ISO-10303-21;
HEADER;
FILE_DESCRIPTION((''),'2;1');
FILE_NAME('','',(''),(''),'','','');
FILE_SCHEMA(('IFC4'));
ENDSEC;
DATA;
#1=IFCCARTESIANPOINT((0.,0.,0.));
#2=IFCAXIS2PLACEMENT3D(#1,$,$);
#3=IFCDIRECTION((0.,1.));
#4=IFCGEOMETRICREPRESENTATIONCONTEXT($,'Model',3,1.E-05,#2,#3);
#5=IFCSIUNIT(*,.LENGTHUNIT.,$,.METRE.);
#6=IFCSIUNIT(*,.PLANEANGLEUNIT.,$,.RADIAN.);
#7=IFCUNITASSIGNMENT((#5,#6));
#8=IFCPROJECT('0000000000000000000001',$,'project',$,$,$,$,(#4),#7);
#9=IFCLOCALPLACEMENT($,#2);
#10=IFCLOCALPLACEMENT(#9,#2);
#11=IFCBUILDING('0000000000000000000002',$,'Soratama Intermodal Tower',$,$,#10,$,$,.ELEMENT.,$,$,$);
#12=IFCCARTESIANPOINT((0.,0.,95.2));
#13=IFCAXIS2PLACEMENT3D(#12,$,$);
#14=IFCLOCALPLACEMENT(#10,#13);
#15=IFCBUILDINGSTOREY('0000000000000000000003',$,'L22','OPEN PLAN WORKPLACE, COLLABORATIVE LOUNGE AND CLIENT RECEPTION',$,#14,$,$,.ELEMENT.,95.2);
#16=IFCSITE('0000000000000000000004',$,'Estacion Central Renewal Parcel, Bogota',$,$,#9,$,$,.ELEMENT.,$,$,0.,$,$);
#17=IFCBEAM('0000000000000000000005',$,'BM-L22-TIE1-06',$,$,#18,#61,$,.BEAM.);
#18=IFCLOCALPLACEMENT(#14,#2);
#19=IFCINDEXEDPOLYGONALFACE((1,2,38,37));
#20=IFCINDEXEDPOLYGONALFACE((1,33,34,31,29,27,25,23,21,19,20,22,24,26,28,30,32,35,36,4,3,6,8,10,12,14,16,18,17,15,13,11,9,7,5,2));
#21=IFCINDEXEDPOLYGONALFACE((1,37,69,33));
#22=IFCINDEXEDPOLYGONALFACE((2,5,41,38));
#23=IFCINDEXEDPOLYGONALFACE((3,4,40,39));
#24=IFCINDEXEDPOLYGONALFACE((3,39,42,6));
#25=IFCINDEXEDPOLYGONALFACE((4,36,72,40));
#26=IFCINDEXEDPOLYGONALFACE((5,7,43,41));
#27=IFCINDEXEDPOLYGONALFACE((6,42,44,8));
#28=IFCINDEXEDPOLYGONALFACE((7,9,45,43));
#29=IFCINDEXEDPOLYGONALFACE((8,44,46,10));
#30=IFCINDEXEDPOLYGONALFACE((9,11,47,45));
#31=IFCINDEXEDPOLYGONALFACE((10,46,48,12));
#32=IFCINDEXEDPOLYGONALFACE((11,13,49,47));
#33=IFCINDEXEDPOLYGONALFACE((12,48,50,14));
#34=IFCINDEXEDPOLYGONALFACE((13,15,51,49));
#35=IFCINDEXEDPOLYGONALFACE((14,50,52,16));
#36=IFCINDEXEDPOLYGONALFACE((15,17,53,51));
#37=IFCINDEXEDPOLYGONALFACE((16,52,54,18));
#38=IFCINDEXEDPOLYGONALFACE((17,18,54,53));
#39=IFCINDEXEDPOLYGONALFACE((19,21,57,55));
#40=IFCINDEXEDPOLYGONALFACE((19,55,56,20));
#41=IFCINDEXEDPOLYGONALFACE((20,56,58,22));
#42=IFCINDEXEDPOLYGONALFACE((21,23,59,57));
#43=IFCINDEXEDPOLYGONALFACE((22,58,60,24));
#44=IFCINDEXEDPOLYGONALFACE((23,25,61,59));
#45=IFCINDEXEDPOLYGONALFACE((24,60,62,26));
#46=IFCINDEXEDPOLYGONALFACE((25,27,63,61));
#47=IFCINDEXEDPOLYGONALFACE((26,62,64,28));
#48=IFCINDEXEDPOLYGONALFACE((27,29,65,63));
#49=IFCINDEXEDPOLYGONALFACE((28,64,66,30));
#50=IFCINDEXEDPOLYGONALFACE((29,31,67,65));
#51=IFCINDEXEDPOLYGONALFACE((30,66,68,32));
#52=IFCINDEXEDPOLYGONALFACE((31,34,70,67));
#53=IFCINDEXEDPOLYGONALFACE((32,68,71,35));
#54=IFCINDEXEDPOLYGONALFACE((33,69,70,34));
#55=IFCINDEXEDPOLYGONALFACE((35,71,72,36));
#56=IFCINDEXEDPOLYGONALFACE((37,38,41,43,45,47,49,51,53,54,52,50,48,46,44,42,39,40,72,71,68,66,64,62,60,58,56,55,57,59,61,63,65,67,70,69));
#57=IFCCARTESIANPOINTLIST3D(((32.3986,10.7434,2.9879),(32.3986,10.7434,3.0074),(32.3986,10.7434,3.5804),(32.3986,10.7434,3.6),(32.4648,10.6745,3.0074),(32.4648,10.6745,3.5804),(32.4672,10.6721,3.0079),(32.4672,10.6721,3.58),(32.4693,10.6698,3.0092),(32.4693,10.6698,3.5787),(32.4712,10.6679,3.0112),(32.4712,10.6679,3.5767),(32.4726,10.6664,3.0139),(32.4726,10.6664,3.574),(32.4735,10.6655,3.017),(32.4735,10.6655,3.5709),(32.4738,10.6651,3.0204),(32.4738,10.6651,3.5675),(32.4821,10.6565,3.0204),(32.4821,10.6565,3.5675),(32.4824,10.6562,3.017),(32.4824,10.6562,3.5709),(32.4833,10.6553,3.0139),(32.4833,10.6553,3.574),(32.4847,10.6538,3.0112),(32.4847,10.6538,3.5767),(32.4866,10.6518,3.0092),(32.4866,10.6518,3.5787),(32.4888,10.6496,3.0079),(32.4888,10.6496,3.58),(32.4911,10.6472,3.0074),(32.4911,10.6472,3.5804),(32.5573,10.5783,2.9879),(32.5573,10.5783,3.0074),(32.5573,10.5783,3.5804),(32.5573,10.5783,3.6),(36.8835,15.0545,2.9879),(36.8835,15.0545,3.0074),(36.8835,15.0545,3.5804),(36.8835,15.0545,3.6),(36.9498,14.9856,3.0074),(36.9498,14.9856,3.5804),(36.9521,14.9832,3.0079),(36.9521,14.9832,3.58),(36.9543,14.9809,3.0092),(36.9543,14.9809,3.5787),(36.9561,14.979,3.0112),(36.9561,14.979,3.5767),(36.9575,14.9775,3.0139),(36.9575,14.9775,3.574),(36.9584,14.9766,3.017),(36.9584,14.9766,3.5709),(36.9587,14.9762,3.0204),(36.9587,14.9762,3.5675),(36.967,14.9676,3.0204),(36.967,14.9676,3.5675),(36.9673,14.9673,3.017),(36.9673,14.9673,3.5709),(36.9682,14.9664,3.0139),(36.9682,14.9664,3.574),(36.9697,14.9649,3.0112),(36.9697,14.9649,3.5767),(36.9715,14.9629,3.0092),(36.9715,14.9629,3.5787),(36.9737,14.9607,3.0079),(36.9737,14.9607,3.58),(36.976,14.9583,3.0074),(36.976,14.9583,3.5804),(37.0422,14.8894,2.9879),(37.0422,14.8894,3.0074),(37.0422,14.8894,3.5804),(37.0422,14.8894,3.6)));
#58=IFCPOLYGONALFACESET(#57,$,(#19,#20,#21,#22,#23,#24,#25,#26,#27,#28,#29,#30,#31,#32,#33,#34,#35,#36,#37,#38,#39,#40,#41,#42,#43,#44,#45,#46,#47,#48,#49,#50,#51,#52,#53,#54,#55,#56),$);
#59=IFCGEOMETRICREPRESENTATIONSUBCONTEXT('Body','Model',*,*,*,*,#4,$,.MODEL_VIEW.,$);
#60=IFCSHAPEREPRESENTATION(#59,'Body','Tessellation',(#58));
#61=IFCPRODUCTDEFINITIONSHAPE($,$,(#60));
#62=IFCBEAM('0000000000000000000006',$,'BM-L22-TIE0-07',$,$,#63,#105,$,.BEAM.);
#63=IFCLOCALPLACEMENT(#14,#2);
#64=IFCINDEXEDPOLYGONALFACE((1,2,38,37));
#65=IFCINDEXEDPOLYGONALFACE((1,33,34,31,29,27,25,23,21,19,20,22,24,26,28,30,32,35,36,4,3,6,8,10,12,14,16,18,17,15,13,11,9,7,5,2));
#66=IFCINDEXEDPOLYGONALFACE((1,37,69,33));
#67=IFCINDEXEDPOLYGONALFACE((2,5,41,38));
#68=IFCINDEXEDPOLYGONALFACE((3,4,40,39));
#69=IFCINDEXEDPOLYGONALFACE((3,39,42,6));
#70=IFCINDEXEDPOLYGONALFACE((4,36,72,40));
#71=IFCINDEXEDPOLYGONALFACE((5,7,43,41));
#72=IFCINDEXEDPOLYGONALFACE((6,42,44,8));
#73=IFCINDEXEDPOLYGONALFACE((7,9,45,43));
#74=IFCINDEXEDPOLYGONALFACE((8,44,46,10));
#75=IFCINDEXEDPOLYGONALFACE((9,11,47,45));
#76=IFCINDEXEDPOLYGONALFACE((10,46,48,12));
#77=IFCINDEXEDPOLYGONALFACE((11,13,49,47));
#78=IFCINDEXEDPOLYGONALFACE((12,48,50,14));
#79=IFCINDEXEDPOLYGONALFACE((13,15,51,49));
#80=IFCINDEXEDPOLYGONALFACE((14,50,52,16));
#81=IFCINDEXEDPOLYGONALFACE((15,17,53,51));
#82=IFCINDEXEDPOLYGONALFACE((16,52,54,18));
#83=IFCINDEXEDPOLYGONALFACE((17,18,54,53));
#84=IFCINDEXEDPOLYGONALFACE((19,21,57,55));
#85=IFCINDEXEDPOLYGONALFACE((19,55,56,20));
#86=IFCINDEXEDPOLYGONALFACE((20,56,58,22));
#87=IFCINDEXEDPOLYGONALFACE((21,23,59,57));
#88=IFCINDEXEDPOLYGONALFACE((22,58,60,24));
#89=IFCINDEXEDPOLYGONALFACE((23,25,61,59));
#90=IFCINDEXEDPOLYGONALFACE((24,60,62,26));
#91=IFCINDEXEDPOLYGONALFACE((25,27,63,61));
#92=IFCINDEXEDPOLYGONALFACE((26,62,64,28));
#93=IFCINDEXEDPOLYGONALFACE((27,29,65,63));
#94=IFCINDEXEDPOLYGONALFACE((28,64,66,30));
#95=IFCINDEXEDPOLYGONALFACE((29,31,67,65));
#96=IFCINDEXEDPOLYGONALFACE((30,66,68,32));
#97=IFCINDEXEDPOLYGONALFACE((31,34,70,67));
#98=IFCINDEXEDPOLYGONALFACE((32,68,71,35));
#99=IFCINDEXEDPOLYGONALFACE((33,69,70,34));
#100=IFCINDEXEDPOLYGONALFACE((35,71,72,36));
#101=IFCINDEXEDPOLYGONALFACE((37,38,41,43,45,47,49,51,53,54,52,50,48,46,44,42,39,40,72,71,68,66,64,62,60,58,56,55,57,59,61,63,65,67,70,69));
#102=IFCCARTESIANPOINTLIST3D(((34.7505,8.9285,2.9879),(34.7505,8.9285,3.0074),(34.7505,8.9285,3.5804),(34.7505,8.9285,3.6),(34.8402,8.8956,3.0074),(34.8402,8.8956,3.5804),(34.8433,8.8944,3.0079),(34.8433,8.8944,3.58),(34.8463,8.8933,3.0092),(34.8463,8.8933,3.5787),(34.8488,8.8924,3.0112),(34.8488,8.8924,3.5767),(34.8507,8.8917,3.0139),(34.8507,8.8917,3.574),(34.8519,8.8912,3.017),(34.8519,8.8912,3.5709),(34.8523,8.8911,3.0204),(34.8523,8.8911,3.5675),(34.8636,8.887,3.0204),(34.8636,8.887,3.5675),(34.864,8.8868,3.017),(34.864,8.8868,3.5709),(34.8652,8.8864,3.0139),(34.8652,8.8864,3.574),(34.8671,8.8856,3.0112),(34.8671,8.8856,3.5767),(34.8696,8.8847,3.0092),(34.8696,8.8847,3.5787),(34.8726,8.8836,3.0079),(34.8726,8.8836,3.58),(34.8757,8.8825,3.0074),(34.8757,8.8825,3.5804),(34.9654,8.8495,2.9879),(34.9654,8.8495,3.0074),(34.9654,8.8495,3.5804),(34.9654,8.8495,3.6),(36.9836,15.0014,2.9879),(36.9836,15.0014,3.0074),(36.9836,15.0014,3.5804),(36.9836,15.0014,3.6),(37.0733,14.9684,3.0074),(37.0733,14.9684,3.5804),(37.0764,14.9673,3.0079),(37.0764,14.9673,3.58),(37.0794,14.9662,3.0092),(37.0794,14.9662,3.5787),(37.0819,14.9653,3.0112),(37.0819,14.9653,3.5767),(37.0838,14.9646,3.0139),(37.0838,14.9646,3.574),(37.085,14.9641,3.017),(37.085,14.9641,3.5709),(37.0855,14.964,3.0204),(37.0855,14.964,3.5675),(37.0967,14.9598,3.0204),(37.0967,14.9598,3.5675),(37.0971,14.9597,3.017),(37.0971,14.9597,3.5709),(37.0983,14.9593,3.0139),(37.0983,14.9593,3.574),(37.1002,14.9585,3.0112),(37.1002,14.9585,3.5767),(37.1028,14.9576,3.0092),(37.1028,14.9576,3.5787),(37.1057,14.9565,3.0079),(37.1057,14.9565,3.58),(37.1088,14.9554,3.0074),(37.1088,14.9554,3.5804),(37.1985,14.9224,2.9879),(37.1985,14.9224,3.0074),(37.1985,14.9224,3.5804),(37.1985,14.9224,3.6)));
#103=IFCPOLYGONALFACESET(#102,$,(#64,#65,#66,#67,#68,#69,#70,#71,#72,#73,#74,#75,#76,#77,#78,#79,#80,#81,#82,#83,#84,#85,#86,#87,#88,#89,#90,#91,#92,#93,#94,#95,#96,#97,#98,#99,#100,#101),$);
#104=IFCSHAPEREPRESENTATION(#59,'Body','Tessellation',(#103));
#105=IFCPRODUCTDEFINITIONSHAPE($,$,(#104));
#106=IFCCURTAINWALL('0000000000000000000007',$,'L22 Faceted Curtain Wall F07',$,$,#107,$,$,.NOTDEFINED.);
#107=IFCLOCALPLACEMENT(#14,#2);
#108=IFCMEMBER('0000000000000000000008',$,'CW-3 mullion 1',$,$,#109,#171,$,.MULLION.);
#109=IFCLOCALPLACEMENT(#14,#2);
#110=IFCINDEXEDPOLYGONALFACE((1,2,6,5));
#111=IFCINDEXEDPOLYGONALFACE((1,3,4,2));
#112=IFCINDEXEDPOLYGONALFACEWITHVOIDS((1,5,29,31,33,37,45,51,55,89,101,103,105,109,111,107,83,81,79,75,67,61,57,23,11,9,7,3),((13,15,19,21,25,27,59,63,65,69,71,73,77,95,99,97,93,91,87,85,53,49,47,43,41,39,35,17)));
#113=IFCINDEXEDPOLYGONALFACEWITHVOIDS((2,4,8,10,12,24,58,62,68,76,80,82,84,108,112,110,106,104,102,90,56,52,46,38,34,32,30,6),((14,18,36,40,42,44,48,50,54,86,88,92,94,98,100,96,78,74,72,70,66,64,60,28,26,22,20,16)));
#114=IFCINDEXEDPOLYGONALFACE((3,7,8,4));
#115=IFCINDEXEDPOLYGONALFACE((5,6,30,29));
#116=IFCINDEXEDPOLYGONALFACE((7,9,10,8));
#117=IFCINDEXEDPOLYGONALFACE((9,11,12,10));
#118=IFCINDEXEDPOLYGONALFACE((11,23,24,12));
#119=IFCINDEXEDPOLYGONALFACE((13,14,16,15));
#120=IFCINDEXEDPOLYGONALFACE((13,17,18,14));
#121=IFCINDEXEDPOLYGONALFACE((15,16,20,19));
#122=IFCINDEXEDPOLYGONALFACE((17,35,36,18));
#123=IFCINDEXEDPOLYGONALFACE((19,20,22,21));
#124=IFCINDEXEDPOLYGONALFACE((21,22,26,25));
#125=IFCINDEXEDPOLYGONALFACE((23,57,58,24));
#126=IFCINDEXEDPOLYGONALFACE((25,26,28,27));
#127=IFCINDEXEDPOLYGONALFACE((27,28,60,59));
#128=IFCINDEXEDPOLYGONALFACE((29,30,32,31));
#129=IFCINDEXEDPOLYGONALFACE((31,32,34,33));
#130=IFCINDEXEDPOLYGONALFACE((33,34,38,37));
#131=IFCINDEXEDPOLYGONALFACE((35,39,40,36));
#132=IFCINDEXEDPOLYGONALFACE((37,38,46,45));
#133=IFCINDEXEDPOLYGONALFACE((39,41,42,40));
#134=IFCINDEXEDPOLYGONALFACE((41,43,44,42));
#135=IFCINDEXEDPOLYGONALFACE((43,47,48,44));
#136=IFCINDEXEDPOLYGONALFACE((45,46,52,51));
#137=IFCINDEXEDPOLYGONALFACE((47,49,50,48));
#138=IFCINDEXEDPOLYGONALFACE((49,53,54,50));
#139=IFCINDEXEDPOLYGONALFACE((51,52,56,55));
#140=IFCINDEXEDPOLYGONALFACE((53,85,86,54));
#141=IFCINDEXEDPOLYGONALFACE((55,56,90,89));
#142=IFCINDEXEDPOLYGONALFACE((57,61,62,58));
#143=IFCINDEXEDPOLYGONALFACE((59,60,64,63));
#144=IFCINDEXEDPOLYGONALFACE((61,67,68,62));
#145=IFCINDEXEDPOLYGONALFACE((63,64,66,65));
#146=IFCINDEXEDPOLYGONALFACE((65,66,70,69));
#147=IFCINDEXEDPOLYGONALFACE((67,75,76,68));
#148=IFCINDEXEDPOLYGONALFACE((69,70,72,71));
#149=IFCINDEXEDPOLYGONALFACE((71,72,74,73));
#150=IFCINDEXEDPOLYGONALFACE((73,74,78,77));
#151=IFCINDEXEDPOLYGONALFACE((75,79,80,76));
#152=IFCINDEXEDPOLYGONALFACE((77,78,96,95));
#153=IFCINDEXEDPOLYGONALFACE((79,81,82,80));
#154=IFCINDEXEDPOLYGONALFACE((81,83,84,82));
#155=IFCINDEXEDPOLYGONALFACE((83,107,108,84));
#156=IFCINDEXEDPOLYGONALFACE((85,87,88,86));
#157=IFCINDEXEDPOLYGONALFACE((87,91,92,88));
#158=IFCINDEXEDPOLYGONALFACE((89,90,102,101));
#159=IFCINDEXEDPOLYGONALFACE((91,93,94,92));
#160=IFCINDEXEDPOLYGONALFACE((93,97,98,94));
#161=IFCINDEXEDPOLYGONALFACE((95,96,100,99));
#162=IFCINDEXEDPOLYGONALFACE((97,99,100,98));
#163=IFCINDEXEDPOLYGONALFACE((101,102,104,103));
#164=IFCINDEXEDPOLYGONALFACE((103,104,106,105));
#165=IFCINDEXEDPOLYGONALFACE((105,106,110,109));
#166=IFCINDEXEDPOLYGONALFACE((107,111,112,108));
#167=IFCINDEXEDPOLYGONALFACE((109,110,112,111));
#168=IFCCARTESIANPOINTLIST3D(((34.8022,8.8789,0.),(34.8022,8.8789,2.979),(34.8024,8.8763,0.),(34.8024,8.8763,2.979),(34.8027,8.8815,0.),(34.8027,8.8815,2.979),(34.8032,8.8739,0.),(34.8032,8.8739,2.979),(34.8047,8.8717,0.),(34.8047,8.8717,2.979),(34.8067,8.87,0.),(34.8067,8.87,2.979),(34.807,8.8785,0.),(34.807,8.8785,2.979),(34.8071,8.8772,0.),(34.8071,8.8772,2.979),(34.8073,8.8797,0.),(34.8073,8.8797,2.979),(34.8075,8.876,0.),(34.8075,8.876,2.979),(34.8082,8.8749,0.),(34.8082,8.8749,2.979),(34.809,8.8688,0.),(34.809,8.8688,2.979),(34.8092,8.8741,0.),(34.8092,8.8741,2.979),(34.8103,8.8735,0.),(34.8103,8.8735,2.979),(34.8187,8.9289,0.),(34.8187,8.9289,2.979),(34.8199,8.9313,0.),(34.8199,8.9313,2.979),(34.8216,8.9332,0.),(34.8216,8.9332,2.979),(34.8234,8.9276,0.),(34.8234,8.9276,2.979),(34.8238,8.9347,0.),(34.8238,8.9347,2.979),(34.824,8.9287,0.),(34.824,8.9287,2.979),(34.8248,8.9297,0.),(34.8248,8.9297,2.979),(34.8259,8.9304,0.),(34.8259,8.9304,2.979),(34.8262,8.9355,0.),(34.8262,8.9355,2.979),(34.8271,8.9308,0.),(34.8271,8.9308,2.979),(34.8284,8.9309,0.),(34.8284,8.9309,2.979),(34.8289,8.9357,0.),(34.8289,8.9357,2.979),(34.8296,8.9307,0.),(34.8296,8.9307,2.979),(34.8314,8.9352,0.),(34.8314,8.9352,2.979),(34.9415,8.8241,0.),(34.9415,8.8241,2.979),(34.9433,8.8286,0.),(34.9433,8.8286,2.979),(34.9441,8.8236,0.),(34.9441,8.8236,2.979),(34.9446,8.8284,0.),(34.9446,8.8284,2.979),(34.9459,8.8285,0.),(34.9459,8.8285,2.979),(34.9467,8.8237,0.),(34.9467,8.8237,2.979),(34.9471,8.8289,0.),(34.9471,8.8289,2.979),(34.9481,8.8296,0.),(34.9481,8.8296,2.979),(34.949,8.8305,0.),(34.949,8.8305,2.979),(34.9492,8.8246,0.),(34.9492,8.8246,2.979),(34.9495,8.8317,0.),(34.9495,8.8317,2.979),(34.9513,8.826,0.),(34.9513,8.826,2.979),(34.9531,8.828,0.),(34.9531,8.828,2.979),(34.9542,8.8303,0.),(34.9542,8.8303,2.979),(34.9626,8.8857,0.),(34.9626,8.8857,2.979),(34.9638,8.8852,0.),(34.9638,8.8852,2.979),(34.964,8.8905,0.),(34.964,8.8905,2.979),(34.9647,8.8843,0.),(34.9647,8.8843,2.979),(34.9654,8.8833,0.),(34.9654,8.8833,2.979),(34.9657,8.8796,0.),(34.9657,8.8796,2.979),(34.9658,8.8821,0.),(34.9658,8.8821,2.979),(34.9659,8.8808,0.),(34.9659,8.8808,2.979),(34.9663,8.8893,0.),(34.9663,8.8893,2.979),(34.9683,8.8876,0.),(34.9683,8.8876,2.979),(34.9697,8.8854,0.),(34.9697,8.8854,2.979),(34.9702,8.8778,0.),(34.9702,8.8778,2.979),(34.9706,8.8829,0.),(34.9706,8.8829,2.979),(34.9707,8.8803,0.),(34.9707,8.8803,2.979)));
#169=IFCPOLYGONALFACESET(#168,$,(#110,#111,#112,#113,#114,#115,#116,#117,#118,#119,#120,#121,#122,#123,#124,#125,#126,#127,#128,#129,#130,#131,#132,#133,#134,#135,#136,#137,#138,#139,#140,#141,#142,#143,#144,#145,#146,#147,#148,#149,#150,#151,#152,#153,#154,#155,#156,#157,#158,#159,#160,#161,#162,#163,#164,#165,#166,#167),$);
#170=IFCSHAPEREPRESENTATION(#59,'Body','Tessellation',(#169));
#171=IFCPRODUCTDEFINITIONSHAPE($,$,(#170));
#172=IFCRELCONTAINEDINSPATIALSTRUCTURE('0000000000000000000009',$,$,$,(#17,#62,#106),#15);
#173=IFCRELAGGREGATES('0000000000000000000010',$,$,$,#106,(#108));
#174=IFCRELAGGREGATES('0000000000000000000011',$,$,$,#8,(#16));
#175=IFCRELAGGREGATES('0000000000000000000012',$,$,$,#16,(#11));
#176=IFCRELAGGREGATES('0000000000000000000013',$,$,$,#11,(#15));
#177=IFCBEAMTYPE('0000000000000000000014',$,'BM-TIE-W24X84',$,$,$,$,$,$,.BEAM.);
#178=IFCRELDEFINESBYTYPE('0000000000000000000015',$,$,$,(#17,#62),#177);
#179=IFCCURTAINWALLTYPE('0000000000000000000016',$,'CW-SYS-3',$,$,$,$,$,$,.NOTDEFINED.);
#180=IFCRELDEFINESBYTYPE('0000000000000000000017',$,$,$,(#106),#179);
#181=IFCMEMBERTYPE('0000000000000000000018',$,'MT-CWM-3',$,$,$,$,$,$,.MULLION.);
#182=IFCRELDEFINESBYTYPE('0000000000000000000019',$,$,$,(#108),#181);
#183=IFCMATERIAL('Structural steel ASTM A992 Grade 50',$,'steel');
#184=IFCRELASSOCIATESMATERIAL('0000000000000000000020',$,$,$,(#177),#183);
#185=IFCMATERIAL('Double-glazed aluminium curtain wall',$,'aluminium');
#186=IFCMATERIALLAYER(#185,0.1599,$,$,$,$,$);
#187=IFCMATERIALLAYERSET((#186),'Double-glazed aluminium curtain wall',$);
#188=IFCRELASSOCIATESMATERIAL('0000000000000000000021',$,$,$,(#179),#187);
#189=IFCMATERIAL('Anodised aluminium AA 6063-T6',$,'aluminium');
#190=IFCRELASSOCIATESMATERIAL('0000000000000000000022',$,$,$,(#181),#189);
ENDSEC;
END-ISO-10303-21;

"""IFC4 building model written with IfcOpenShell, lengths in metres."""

from ifc_helpers import new_model, si_unit, direction, frame, origin, origin_2d, place, context, subcontext, project, spatial, hollow_rectangle, i_section, extrude, material, layer, layer_set, material_profile, profile_set, type_object, element, aggregate, save


model = new_model("IFC4")

# Units and contexts
model_context = context("Model", 3, precision=1e-05, world=origin(), true_north=direction((0.0, 1.0)))
body_context = subcontext(model_context, "Body", "Model", "MODEL_VIEW")
ifc_project = project(units=[si_unit("LENGTHUNIT", "METRE"), si_unit("PLANEANGLEUNIT", "RADIAN")], contexts=[model_context])

# Site, building, storey
site_placement = place(None, origin())
site = spatial("IfcSite", under=ifc_project, at=site_placement, Name="Estacion Central Renewal Parcel, Bogota", CompositionType="ELEMENT", RefElevation=0.0)
building_placement = place(site_placement, origin())
building = spatial("IfcBuilding", under=site, at=building_placement, Name="Soratama Intermodal Tower", CompositionType="ELEMENT")
storey_placement = place(building_placement, frame((0.0, 0.0, 95.2)))
storey = spatial("IfcBuildingStorey", under=building, at=storey_placement, Name="L22", Description="OPEN PLAN WORKPLACE, COLLABORATIVE LOUNGE AND CLIENT RECEPTION", CompositionType="ELEMENT", Elevation=95.2)

# Beams
ifc_material_1 = material(Name="Structural steel ASTM A992 Grade 50", Category="steel")
ifc_material_profile_1 = material_profile(ifc_material_1, i_section(OverallWidth=0.229, OverallDepth=0.6121, WebThickness=0.012, FlangeThickness=0.0195, FilletRadius=0.0129, at=origin_2d()), Name="W24X84")
ifc_profile_set_1 = profile_set([ifc_material_profile_1], Name="Structural steel ASTM A992 Grade 50")
beam_type_1 = type_object("IfcBeamType", Name="BM-TIE-W24X84", PredefinedType="BEAM", material=ifc_profile_set_1)
beam_1_placement = place(storey_placement, frame((36.9629, 14.9719, 3.2939), z_axis=(-0.72094, -0.692997, 0.0), x_axis=(0.692997, -0.72094, 0.0)))
element("IfcBeam", 1, at=beam_1_placement, inside=storey, type_object=beam_type_1, Name="BM-L22-TIE1-06", PredefinedType="BEAM", context=body_context, shape_type="SweptSolid", body=[
    extrude(i_section(OverallWidth=0.229, OverallDepth=0.6121, WebThickness=0.012, FlangeThickness=0.0195, FilletRadius=0.0129, at=origin_2d()), origin(), (0.0, 0.0, 1.0), 6.2209),
])
beam_2_placement = place(storey_placement, frame((37.0911, 14.9619, 3.2939), z_axis=(-0.345125, -0.938557, 0.0), x_axis=(0.938557, -0.345125, 0.0)))
element("IfcBeam", 2, at=beam_2_placement, inside=storey, type_object=beam_type_1, Name="BM-L22-TIE0-07", PredefinedType="BEAM", context=body_context, shape_type="SweptSolid", body=[
    extrude(i_section(OverallWidth=0.229, OverallDepth=0.6121, WebThickness=0.012, FlangeThickness=0.0195, FilletRadius=0.0129, at=origin_2d()), origin(), (0.0, 0.0, 1.0), 6.4705),
])

# Curtain wall, member
ifc_material_2 = material(Name="Double-glazed aluminium curtain wall", Category="aluminium")
ifc_layer_1 = layer(ifc_material_2, 0.1599)
ifc_layer_set_1 = layer_set([ifc_layer_1], Name="Double-glazed aluminium curtain wall")
curtain_wall_type = type_object("IfcCurtainWallType", Name="CW-SYS-3", PredefinedType="NOTDEFINED", material=ifc_layer_set_1)
curtain_wall_placement = place(storey_placement, origin())
curtain_wall = element("IfcCurtainWall", 3, at=curtain_wall_placement, inside=storey, type_object=curtain_wall_type, Name="L22 Faceted Curtain Wall F07", PredefinedType="NOTDEFINED")
ifc_material_3 = material(Name="Anodised aluminium AA 6063-T6", Category="aluminium")
ifc_material_profile_2 = material_profile(ifc_material_3, hollow_rectangle(XDim=0.0701, YDim=0.1599, WallThickness=0.0049, InnerFilletRadius=0.0049, OuterFilletRadius=0.01, at=origin_2d()), Name="CWM160X70X5")
ifc_profile_set_2 = profile_set([ifc_material_profile_2], Name="Anodised aluminium AA 6063-T6")
member_type_1 = type_object("IfcMemberType", Name="MT-CWM-3", PredefinedType="MULLION", material=ifc_profile_set_2)
member_1_placement = place(storey_placement, frame((34.8865, 8.8796, 0.0), z_axis=(0.0, 0.0, 1.0), x_axis=(0.319953, 0.947433, 0.0)))
member_1 = element("IfcMember", 4, at=member_1_placement, type_object=member_type_1, Name="CW-3 mullion 1", PredefinedType="MULLION", context=body_context, shape_type="SweptSolid", body=[
    extrude(hollow_rectangle(XDim=0.0701, YDim=0.1599, WallThickness=0.0049, InnerFilletRadius=0.0049, OuterFilletRadius=0.01, at=origin_2d()), origin(), (0.0, 0.0, 1.0), 2.979),
])
aggregate(curtain_wall, [member_1])

save(model, "model.ifc")
